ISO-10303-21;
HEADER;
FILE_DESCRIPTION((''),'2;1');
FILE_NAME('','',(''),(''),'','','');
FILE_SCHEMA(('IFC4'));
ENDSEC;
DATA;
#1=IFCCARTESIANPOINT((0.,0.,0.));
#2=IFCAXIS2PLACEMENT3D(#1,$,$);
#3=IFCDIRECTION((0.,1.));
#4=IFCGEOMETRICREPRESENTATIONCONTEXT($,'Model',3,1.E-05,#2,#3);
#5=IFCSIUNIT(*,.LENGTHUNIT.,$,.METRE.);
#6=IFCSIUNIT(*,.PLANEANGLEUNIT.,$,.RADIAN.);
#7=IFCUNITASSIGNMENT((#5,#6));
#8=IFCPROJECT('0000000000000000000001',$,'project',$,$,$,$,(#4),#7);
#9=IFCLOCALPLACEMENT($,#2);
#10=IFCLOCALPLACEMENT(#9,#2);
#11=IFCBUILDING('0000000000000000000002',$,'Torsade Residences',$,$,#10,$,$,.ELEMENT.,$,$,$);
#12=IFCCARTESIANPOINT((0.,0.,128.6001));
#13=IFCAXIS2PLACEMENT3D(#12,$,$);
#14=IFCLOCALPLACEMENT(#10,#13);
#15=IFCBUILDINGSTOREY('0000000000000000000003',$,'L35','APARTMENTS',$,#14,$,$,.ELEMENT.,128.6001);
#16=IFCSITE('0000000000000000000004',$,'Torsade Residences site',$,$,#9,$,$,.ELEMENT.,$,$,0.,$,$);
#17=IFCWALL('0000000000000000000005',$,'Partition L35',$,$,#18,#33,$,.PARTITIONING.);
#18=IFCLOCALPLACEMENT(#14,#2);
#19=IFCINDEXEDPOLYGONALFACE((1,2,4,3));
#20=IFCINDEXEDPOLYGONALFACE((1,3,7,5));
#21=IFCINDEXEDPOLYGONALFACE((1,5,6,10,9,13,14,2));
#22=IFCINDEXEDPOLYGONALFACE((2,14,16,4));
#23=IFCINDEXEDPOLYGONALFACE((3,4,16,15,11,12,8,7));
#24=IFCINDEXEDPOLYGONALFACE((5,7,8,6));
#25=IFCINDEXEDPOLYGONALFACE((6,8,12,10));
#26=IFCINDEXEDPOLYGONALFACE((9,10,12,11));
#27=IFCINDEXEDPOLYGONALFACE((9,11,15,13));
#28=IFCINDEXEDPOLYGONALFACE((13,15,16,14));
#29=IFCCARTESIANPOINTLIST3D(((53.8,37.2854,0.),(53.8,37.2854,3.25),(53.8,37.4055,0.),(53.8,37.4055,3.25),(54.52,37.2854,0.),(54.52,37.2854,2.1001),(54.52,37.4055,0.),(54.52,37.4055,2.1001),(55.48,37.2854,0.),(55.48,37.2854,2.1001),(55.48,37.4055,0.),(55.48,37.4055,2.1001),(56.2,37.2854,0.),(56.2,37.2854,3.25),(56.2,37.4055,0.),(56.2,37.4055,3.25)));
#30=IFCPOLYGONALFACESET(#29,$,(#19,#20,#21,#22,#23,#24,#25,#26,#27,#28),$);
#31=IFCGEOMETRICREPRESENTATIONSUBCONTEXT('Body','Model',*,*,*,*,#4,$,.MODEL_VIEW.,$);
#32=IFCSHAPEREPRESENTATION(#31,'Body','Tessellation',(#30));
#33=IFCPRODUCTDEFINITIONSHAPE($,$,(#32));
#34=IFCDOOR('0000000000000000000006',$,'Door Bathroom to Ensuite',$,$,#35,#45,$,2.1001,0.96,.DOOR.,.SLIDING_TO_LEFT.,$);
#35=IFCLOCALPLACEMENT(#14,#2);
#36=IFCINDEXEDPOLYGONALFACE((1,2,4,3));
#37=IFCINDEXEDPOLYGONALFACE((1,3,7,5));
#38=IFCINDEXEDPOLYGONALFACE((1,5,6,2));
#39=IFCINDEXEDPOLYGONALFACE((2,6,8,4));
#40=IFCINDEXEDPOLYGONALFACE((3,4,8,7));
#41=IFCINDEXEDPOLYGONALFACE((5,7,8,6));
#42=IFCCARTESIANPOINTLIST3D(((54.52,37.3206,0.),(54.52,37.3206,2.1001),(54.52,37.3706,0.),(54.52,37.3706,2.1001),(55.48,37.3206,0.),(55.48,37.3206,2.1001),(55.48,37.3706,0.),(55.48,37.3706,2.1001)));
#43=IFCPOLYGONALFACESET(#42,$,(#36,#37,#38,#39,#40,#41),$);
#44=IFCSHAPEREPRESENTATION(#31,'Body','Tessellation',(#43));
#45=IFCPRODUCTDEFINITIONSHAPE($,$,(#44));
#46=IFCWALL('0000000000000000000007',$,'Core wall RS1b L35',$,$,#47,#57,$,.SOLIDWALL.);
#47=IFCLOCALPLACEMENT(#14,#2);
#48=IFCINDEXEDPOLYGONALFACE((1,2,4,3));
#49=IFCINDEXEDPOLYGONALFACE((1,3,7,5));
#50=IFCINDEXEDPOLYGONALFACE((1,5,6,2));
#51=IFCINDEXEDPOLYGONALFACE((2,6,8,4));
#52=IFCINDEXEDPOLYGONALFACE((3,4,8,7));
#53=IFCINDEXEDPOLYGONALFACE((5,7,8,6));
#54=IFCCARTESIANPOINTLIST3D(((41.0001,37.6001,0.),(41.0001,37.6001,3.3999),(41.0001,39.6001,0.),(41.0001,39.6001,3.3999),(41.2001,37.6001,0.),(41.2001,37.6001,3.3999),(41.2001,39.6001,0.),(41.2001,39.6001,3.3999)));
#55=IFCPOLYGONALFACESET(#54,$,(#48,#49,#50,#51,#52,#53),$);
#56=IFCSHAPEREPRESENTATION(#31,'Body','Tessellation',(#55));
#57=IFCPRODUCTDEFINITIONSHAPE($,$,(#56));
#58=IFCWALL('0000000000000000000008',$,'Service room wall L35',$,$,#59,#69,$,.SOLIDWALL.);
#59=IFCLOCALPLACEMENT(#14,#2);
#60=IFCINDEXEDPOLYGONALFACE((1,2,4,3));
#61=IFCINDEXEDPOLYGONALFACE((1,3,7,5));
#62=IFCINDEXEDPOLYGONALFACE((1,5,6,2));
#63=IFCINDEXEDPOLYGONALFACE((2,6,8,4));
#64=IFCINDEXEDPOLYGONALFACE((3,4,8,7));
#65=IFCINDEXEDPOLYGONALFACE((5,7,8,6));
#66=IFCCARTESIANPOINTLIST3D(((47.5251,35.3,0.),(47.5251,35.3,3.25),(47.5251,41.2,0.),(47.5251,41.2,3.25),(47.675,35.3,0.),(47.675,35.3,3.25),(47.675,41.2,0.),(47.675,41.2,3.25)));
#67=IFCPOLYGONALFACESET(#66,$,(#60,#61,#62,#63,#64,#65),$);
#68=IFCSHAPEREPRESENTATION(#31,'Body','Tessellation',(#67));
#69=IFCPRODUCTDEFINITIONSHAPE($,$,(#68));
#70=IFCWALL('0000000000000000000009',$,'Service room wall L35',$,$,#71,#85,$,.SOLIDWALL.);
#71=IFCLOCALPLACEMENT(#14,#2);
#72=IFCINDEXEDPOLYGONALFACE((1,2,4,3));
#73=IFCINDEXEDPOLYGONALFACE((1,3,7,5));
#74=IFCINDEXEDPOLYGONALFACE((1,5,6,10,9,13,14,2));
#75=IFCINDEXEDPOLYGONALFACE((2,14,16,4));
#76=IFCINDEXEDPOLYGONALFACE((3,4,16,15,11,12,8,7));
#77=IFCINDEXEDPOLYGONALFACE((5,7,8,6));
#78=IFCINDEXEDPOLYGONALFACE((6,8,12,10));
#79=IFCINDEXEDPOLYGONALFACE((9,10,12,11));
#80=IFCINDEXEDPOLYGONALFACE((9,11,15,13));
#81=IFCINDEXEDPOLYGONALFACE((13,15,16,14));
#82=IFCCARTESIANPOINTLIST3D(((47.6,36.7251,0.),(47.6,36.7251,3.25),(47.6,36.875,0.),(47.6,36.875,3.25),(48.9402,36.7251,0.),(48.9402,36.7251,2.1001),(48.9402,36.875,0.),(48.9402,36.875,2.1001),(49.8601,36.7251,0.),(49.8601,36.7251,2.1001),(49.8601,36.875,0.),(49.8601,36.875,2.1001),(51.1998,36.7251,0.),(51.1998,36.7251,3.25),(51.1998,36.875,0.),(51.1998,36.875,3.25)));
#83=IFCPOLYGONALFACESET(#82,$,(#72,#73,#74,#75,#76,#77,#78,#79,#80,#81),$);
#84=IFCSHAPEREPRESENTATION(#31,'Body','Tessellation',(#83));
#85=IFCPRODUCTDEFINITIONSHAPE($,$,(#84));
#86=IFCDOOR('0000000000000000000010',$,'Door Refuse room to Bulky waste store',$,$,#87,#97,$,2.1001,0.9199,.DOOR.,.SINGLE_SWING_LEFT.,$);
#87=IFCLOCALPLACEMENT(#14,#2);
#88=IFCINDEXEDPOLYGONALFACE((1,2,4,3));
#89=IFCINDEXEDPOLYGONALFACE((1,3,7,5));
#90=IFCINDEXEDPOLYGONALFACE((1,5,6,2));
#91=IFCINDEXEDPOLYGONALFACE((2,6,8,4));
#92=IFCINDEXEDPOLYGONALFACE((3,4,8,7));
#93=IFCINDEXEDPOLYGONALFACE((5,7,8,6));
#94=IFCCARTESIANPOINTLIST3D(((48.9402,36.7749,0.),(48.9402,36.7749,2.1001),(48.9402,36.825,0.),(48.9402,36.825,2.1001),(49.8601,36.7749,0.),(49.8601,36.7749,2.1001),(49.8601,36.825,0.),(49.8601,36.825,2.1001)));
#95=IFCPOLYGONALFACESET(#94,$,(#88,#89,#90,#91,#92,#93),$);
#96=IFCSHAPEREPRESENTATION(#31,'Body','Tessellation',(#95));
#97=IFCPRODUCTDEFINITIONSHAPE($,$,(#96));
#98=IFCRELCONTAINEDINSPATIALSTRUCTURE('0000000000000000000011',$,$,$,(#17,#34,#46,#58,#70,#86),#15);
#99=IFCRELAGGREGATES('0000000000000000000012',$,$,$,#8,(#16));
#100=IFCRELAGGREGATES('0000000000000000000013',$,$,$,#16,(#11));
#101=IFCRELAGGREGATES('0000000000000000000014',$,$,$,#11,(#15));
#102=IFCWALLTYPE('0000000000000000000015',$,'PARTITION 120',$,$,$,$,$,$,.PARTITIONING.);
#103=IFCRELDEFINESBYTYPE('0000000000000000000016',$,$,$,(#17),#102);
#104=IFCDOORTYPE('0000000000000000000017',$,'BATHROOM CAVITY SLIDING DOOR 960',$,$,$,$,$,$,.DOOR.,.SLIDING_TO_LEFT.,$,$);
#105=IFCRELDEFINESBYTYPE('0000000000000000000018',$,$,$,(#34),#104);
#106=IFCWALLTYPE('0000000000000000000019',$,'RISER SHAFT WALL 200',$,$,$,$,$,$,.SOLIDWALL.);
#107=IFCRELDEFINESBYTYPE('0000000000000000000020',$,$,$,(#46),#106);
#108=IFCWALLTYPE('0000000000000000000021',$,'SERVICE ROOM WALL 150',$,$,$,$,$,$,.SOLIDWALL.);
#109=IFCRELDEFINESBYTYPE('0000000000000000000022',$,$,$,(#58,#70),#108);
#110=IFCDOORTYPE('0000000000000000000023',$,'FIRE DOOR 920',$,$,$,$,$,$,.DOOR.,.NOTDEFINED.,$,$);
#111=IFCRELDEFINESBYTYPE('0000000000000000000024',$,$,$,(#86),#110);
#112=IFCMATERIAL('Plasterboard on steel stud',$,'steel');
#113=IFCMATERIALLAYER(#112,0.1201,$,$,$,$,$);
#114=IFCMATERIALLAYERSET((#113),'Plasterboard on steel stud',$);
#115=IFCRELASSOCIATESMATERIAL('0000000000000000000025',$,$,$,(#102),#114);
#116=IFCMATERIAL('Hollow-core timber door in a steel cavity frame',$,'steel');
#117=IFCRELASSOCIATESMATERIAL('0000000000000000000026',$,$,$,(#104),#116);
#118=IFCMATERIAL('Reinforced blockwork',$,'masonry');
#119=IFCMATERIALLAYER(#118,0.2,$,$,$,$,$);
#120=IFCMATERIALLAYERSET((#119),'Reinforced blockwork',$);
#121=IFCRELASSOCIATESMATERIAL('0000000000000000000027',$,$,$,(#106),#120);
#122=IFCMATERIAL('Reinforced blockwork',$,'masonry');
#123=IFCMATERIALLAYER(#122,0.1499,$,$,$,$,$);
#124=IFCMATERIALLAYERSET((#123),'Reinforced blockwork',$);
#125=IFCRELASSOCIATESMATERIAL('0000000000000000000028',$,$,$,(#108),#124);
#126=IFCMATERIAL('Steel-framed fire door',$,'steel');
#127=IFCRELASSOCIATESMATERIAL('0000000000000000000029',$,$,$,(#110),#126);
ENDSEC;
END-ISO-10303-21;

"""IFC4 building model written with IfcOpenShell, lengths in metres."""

from ifc_helpers import new_model, si_unit, direction, frame, frame_2d, origin, place, context, subcontext, project, spatial, rectangle, extrude, material, layer, layer_set, type_object, element, fill, save


model = new_model("IFC4")

# Units and contexts
model_context = context("Model", 3, precision=1e-05, world=origin(), true_north=direction((0.0, 1.0)))
body_context = subcontext(model_context, "Body", "Model", "MODEL_VIEW")
ifc_project = project(units=[si_unit("LENGTHUNIT", "METRE"), si_unit("PLANEANGLEUNIT", "RADIAN")], contexts=[model_context])

# Site, building, storey
site_placement = place(None, origin())
site = spatial("IfcSite", under=ifc_project, at=site_placement, Name="Torsade Residences site", CompositionType="ELEMENT", RefElevation=0.0)
building_placement = place(site_placement, origin())
building = spatial("IfcBuilding", under=site, at=building_placement, Name="Torsade Residences", CompositionType="ELEMENT")
storey_placement = place(building_placement, frame((0.0, 0.0, 128.6001)))
storey = spatial("IfcBuildingStorey", under=building, at=storey_placement, Name="L35", Description="APARTMENTS", CompositionType="ELEMENT", Elevation=128.6001)

# Wall, opening, door
ifc_material_1 = material(Name="Plasterboard on steel stud", Category="steel")
ifc_layer_1 = layer(ifc_material_1, 0.1201)
ifc_layer_set_1 = layer_set([ifc_layer_1], Name="Plasterboard on steel stud")
wall_type_1 = type_object("IfcWallType", Name="PARTITION 120", PredefinedType="PARTITIONING", material=ifc_layer_set_1)
wall_1_placement = place(storey_placement, frame((56.2, 37.3455, 0.0), z_axis=(0.0, 0.0, 1.0), x_axis=(-1.0, 0.0, 0.0)))
wall_1 = element("IfcWall", 1, at=wall_1_placement, inside=storey, type_object=wall_type_1, Name="Partition L35", PredefinedType="PARTITIONING", context=body_context, shape_type="SweptSolid", body=[
    extrude(rectangle(XDim=2.3999, YDim=0.1201, at=frame_2d((1.2, 0.0))), origin(), (0.0, 0.0, 1.0), 3.25),
])
opening_1_placement = place(wall_1_placement, frame((0.72, 0.0, 0.0)))
opening_1 = element("IfcOpeningElement", 2, at=opening_1_placement, cuts=wall_1, PredefinedType="OPENING", context=body_context, shape_type="SweptSolid", body=[
    extrude(rectangle(XDim=0.96, YDim=2.1001, at=frame_2d((0.48, 1.05))), frame((0.0, 0.0701, 0.0), z_axis=(0.0, -1.0, 0.0), x_axis=(1.0, 0.0, 0.0)), (0.0, 0.0, 1.0), 0.1401),
])
ifc_material_2 = material(Name="Hollow-core timber door in a steel cavity frame", Category="steel")
door_type_1 = type_object("IfcDoorType", Name="BATHROOM CAVITY SLIDING DOOR 960", OperationType="SLIDING_TO_LEFT", PredefinedType="DOOR", material=ifc_material_2)
door_1_placement = place(opening_1_placement, origin())
door_1 = element("IfcDoor", 3, at=door_1_placement, inside=storey, type_object=door_type_1, Name="Door Bathroom to Ensuite", OperationType="SLIDING_TO_LEFT", OverallHeight=2.1001, OverallWidth=0.96, PredefinedType="DOOR", context=body_context, shape_type="SweptSolid", body=[
    extrude(rectangle(XDim=0.96, YDim=2.1001, at=frame_2d((0.48, 1.05))), frame((0.0, 0.0249, 0.0), z_axis=(0.0, -1.0, 0.0), x_axis=(1.0, 0.0, 0.0)), (0.0, 0.0, 1.0), 0.05),
])
fill(opening_1, door_1)

# Walls
ifc_material_3 = material(Name="Reinforced blockwork", Category="masonry")
ifc_layer_2 = layer(ifc_material_3, 0.2)
ifc_layer_set_2 = layer_set([ifc_layer_2], Name="Reinforced blockwork")
wall_type_2 = type_object("IfcWallType", Name="RISER SHAFT WALL 200", PredefinedType="SOLIDWALL", material=ifc_layer_set_2)
wall_2_placement = place(storey_placement, frame((41.1001, 37.6001, 0.0), z_axis=(0.0, 0.0, 1.0), x_axis=(0.0, 1.0, 0.0)))
element("IfcWall", 4, at=wall_2_placement, inside=storey, type_object=wall_type_2, Name="Core wall RS1b L35", PredefinedType="SOLIDWALL", context=body_context, shape_type="SweptSolid", body=[
    extrude(rectangle(XDim=2.0, YDim=0.2, at=frame_2d((1.0, 0.0))), origin(), (0.0, 0.0, 1.0), 3.3999),
])
ifc_material_4 = material(Name="Reinforced blockwork", Category="masonry")
ifc_layer_3 = layer(ifc_material_4, 0.1499)
ifc_layer_set_3 = layer_set([ifc_layer_3], Name="Reinforced blockwork")
wall_type_3 = type_object("IfcWallType", Name="SERVICE ROOM WALL 150", PredefinedType="SOLIDWALL", material=ifc_layer_set_3)
wall_3_placement = place(storey_placement, frame((47.6001, 41.2, 0.0), z_axis=(0.0, 0.0, 1.0), x_axis=(0.0, -1.0, 0.0)))
element("IfcWall", 5, at=wall_3_placement, inside=storey, type_object=wall_type_3, Name="Service room wall L35", PredefinedType="SOLIDWALL", context=body_context, shape_type="SweptSolid", body=[
    extrude(rectangle(XDim=5.8999, YDim=0.1499, at=frame_2d((2.95, 0.0))), origin(), (0.0, 0.0, 1.0), 3.25),
])

# Wall, opening, door
wall_4_placement = place(storey_placement, frame((47.6001, 36.8, 0.0), z_axis=(0.0, 0.0, 1.0), x_axis=(1.0, 0.0, 0.0)))
wall_4 = element("IfcWall", 6, at=wall_4_placement, inside=storey, type_object=wall_type_3, Name="Service room wall L35", PredefinedType="SOLIDWALL", context=body_context, shape_type="SweptSolid", body=[
    extrude(rectangle(XDim=3.5999, YDim=0.1499, at=frame_2d((1.7998, 0.0))), origin(), (0.0, 0.0, 1.0), 3.25),
])
opening_2_placement = place(wall_4_placement, frame((1.3401, 0.0, 0.0)))
opening_2 = element("IfcOpeningElement", 7, at=opening_2_placement, cuts=wall_4, PredefinedType="OPENING", context=body_context, shape_type="SweptSolid", body=[
    extrude(rectangle(XDim=0.9199, YDim=2.1001, at=frame_2d((0.46, 1.05))), frame((0.0, 0.085, 0.0), z_axis=(0.0, -1.0, 0.0), x_axis=(1.0, 0.0, 0.0)), (0.0, 0.0, 1.0), 0.1699),
])
ifc_material_5 = material(Name="Steel-framed fire door", Category="steel")
door_type_2 = type_object("IfcDoorType", Name="FIRE DOOR 920", OperationType="NOTDEFINED", PredefinedType="DOOR", material=ifc_material_5)
door_2_placement = place(opening_2_placement, origin())
door_2 = element("IfcDoor", 8, at=door_2_placement, inside=storey, type_object=door_type_2, Name="Door Refuse room to Bulky waste store", OperationType="SINGLE_SWING_LEFT", OverallHeight=2.1001, OverallWidth=0.9199, PredefinedType="DOOR", context=body_context, shape_type="SweptSolid", body=[
    extrude(rectangle(XDim=0.9199, YDim=2.1001, at=frame_2d((0.46, 1.05))), frame((0.0, 0.0249, 0.0), z_axis=(0.0, -1.0, 0.0), x_axis=(1.0, 0.0, 0.0)), (0.0, 0.0, 1.0), 0.05),
])
fill(opening_2, door_2)

save(model, "model.ifc")
